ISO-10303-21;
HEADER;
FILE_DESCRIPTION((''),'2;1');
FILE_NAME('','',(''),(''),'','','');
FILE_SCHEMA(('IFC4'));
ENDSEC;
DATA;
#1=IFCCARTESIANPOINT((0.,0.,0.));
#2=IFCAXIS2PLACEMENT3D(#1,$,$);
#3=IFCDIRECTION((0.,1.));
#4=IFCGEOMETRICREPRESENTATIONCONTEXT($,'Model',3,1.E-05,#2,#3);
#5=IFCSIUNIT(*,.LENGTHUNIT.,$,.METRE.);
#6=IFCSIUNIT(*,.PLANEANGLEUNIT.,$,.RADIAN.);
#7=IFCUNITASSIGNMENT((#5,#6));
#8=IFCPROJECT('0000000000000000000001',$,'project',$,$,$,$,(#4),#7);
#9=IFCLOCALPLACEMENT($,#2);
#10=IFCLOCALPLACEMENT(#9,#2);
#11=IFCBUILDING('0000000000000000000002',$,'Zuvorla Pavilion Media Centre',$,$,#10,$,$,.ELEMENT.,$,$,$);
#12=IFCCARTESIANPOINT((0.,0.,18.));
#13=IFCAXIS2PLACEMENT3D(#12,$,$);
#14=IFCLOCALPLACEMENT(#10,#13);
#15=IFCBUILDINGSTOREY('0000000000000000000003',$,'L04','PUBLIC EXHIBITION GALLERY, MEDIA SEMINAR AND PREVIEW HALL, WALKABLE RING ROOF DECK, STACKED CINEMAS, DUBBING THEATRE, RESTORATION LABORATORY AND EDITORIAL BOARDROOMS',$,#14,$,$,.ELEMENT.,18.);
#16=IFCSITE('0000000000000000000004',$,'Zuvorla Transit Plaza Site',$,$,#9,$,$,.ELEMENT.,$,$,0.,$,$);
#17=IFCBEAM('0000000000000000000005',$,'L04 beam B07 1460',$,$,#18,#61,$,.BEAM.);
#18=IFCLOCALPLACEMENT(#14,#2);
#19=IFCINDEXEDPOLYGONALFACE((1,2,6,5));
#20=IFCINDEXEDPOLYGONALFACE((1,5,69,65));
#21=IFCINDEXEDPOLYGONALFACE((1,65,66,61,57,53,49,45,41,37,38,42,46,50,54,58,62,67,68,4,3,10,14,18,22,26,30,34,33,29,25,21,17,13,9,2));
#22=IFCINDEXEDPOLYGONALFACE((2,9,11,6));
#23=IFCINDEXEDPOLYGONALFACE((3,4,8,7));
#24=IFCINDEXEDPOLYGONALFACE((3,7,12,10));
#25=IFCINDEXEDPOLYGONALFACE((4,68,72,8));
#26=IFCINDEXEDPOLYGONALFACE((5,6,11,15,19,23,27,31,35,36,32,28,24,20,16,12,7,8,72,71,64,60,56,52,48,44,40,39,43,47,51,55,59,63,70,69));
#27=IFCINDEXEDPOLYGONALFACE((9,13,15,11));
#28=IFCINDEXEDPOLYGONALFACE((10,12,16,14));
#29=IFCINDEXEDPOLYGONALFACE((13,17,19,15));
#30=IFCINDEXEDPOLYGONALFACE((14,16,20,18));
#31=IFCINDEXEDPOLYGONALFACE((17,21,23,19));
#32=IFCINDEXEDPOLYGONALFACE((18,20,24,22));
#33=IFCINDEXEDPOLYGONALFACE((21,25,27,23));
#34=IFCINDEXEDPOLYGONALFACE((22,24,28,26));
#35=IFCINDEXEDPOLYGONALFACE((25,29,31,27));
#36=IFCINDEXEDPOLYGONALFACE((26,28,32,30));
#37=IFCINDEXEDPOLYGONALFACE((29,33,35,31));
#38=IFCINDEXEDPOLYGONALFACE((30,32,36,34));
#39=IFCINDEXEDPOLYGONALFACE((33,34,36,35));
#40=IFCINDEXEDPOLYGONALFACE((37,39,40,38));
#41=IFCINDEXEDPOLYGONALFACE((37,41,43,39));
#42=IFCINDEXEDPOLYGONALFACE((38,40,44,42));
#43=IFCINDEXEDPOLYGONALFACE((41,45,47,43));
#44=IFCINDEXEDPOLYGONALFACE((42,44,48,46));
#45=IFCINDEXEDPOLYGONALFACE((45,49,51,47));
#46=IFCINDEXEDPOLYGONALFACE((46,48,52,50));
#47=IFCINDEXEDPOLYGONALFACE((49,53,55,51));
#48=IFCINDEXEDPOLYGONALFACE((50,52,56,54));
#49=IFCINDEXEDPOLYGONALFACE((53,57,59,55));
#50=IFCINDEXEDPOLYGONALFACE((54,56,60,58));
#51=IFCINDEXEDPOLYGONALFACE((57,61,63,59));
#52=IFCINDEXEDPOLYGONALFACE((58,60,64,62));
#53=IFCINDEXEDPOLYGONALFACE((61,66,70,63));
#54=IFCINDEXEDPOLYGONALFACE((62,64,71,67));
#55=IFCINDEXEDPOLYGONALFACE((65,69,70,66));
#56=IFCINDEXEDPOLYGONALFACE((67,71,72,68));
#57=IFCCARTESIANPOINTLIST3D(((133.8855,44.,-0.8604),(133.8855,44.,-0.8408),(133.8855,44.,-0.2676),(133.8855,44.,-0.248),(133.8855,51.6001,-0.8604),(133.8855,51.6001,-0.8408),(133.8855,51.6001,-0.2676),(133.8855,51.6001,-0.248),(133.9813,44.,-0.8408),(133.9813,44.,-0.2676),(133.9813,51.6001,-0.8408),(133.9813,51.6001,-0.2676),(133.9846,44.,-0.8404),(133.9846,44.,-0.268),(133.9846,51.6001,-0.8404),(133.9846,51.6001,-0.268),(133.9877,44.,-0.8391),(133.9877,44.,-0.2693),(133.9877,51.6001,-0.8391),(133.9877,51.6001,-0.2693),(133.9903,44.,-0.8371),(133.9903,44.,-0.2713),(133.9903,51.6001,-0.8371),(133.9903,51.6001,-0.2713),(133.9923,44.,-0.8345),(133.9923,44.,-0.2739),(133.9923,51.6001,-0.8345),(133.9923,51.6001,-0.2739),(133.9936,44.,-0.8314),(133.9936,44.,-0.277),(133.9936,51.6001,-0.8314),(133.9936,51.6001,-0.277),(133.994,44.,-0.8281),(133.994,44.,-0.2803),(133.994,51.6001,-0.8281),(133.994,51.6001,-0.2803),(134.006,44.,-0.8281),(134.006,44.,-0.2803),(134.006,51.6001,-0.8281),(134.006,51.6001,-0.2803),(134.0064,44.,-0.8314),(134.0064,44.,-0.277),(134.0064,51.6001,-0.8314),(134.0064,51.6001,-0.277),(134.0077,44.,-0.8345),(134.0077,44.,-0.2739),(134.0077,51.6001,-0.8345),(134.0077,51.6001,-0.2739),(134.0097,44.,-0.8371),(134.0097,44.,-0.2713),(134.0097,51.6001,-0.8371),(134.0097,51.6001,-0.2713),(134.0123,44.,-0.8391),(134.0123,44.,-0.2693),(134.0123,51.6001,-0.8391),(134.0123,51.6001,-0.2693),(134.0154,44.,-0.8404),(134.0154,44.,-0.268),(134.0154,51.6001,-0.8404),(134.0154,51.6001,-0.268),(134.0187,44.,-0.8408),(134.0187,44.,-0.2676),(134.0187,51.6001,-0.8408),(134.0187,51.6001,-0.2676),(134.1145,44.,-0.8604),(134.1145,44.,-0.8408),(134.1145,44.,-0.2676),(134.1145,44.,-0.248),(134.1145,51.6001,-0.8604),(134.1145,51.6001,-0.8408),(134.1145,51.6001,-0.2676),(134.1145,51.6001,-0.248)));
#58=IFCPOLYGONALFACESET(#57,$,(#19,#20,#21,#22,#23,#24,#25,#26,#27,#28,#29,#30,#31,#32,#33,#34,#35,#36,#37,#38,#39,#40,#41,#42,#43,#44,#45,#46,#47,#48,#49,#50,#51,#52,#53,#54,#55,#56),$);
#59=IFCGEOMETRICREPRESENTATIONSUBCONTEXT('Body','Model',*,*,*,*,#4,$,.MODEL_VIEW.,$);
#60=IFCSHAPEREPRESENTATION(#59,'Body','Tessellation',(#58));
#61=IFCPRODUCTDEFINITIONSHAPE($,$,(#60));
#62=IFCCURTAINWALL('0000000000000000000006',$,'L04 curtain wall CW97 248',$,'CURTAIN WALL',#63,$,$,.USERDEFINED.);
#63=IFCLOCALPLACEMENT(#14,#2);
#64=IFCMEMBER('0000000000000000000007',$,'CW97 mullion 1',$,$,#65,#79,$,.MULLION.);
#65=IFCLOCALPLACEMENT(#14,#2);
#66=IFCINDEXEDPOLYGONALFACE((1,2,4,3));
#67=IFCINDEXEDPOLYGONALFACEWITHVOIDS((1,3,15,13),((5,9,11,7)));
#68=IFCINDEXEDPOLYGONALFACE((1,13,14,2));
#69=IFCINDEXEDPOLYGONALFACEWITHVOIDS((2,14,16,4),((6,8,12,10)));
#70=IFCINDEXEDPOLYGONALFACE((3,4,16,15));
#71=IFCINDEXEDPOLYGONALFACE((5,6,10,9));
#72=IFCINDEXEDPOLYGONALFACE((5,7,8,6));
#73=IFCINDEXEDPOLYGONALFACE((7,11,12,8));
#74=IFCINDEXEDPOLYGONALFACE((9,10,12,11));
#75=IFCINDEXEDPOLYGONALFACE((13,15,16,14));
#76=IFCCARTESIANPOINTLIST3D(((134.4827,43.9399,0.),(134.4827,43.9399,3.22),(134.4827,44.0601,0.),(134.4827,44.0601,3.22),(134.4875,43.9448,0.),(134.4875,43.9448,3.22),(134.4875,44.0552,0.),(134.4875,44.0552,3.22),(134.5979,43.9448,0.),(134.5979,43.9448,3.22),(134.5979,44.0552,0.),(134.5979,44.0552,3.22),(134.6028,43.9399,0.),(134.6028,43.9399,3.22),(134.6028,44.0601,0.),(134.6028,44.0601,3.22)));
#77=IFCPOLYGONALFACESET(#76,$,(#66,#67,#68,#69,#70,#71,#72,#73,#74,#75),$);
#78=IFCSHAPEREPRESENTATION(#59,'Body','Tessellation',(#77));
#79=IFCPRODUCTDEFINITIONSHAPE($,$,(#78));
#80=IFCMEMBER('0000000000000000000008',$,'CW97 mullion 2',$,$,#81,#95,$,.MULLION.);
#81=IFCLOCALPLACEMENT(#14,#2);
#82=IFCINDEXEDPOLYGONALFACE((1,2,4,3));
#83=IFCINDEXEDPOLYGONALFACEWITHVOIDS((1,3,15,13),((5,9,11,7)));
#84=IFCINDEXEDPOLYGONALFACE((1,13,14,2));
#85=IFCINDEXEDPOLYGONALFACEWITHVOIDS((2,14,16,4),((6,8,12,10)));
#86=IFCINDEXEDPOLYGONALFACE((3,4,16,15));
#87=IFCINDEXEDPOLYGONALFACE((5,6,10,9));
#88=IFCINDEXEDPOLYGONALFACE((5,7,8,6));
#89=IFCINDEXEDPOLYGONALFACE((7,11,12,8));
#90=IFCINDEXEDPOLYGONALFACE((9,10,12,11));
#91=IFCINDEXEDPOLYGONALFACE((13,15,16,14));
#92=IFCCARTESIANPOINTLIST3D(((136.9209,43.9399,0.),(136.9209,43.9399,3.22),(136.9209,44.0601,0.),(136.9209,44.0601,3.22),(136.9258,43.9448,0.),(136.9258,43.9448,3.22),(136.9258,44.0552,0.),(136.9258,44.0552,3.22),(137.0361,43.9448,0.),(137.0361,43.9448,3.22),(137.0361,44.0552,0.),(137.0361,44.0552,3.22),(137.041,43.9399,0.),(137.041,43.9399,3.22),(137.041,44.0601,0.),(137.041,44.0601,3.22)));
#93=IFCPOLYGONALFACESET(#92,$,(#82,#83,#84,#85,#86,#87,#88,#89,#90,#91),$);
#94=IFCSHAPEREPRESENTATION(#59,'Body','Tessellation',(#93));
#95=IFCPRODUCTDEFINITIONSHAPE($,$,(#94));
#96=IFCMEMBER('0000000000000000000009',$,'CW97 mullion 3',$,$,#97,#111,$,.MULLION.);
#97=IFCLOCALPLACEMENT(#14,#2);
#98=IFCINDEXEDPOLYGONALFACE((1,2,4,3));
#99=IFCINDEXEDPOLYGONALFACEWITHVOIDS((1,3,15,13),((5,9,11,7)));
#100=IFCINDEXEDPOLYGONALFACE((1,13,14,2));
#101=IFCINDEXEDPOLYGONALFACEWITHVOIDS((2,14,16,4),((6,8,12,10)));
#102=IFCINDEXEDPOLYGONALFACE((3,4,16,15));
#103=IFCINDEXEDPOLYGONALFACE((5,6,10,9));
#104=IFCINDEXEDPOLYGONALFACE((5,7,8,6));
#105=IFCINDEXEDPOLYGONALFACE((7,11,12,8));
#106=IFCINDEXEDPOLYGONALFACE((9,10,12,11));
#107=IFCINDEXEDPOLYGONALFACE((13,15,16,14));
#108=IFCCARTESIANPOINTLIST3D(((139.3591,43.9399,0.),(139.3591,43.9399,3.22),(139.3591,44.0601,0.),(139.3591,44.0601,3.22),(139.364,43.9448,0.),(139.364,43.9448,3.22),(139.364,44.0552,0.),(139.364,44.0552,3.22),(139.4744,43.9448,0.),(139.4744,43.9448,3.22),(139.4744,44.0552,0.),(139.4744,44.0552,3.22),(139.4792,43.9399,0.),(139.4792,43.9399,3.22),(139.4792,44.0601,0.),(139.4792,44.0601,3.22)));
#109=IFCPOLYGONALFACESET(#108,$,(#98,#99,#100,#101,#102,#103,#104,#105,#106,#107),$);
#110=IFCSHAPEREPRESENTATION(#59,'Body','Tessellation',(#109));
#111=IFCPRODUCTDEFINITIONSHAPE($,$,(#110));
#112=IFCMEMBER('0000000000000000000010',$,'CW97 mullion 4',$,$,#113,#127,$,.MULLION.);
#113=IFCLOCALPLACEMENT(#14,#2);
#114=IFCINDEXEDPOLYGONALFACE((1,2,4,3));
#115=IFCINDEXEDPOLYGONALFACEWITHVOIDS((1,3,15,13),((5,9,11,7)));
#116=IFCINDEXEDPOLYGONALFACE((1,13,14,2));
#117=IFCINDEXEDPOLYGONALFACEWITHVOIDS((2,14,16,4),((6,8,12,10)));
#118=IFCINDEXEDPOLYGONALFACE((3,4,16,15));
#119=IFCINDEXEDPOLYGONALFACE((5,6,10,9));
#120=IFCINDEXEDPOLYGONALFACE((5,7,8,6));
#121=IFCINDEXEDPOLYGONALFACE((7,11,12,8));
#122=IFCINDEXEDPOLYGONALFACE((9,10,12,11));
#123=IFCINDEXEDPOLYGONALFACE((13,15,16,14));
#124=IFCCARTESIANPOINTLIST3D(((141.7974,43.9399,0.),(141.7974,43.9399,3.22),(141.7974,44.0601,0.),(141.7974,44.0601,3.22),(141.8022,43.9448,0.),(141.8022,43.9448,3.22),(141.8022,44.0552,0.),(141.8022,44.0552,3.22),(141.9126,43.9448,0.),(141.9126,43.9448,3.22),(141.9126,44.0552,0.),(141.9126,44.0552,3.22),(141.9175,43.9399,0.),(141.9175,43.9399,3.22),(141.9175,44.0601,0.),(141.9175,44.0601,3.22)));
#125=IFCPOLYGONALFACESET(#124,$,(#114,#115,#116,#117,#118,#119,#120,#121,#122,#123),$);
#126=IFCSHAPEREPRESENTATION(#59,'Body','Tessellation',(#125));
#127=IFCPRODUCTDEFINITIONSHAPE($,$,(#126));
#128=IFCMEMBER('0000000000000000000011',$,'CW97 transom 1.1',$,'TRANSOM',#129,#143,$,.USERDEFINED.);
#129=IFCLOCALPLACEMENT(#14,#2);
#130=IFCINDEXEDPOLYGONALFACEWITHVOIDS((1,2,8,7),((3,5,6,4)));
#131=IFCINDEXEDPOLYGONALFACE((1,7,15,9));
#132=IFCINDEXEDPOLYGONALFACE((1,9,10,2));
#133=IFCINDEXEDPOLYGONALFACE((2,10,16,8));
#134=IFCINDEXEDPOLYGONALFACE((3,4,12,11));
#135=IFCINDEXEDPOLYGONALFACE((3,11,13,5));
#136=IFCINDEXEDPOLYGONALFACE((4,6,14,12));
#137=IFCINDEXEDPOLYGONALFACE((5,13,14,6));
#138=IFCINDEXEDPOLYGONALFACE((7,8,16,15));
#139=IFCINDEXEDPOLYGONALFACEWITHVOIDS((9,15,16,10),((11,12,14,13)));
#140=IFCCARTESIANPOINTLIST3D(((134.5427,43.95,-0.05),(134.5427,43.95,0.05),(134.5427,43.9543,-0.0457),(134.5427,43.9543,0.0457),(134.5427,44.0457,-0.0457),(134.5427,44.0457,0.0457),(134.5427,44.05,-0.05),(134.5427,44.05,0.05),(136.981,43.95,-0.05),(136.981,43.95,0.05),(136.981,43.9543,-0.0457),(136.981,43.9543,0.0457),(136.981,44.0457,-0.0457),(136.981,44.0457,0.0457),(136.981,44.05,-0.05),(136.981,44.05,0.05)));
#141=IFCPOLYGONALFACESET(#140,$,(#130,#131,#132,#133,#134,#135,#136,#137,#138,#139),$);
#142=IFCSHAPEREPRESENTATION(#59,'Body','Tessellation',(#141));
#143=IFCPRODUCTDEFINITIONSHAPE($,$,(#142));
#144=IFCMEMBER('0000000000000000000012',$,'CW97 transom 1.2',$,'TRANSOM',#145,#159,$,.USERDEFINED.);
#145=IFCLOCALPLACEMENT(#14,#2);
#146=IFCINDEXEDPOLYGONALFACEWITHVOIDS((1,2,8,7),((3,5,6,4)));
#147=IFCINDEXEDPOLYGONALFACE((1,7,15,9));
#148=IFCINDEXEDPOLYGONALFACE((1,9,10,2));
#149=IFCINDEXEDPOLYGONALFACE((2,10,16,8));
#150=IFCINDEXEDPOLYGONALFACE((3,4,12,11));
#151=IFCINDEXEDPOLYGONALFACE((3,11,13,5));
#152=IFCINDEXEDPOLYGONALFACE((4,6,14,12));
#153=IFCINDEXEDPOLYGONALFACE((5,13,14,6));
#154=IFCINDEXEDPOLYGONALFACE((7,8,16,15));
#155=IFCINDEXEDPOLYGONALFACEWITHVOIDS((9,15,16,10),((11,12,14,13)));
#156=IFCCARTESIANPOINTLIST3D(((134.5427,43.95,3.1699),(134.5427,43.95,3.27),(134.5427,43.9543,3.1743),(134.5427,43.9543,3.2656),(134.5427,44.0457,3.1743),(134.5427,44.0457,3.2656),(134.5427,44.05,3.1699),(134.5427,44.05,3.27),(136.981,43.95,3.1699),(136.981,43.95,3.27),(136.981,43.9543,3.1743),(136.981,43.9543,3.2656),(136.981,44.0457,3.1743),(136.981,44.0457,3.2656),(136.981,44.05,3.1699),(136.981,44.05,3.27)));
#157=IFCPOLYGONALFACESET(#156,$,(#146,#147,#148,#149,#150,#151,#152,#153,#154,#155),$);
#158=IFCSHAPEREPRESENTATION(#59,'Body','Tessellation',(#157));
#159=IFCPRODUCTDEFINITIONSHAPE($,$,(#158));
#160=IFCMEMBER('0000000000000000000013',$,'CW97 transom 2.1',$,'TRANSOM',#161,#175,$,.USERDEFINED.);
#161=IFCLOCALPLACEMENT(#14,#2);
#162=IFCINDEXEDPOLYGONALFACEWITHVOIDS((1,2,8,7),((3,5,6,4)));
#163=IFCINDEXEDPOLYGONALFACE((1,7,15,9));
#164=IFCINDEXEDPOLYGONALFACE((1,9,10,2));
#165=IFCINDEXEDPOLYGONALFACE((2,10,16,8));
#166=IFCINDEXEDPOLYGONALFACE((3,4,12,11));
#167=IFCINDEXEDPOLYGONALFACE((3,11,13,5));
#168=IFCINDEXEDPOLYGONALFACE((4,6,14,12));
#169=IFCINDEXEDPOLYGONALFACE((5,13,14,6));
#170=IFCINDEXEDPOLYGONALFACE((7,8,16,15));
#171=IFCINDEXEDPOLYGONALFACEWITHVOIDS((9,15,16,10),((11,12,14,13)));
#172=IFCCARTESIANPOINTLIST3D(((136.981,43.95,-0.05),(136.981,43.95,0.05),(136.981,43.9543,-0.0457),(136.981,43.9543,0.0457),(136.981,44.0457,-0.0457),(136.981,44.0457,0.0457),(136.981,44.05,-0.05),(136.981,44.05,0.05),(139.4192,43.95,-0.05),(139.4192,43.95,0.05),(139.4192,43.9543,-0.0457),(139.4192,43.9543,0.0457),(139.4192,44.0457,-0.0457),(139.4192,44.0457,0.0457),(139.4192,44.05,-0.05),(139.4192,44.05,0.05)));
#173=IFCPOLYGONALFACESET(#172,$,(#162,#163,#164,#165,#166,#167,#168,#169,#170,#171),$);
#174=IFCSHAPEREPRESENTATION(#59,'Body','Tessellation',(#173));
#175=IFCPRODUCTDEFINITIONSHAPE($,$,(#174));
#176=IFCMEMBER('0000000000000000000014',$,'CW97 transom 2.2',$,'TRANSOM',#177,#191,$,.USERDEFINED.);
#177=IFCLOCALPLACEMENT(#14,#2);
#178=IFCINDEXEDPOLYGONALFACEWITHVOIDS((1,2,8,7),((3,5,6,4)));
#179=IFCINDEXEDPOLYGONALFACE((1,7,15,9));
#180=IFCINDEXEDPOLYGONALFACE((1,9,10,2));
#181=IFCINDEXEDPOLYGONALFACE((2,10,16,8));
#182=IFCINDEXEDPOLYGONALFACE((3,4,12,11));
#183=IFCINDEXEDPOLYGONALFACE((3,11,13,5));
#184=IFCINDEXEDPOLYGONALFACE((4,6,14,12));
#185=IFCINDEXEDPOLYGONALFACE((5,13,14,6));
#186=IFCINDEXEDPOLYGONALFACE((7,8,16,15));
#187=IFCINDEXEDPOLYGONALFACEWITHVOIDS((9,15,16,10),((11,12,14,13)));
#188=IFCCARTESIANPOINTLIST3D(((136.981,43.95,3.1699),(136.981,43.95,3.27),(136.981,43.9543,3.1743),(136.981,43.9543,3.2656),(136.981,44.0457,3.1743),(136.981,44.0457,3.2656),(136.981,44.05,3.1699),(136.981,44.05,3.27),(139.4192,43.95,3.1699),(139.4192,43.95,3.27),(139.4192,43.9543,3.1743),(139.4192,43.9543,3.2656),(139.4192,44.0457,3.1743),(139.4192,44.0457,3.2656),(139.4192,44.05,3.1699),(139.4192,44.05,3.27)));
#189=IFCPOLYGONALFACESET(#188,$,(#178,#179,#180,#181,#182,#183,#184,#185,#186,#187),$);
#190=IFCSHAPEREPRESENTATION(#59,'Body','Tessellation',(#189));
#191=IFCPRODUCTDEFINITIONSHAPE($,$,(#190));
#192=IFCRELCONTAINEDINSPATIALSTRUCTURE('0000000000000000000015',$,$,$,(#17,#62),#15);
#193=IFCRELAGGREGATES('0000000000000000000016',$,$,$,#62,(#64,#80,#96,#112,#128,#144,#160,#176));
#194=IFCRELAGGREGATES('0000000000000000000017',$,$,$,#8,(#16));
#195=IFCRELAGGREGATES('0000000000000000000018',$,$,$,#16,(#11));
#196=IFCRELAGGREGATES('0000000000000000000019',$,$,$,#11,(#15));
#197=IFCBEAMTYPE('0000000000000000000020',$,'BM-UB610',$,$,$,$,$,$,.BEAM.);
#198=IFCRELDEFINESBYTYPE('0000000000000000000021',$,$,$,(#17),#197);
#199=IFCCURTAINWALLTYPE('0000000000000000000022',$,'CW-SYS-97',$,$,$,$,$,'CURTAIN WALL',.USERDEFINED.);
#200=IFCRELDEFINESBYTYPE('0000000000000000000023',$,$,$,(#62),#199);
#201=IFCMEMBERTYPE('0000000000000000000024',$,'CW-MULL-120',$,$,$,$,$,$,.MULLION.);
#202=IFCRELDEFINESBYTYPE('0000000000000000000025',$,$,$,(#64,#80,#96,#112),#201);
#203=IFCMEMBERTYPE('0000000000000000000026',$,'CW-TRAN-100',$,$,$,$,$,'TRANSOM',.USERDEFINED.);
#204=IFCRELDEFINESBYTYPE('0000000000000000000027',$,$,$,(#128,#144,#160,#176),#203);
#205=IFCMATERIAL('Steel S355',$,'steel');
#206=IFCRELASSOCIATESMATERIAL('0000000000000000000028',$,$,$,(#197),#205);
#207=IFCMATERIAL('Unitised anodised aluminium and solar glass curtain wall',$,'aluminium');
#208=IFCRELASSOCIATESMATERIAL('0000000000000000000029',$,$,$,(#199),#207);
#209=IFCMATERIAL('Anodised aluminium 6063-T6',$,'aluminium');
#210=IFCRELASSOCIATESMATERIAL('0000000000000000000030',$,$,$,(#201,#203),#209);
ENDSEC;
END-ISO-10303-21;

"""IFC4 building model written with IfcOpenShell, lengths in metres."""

from ifc_helpers import new_model, si_unit, direction, frame, origin, origin_2d, place, context, subcontext, project, spatial, hollow_rectangle, i_section, extrude, material, material_profile, profile_set, type_object, element, aggregate, save


model = new_model("IFC4")

# Units and contexts
model_context = context("Model", 3, precision=1e-05, world=origin(), true_north=direction((0.0, 1.0)))
body_context = subcontext(model_context, "Body", "Model", "MODEL_VIEW")
ifc_project = project(units=[si_unit("LENGTHUNIT", "METRE"), si_unit("PLANEANGLEUNIT", "RADIAN")], contexts=[model_context])

# Site, building, storey
site_placement = place(None, origin())
site = spatial("IfcSite", under=ifc_project, at=site_placement, Name="Zuvorla Transit Plaza Site", CompositionType="ELEMENT", RefElevation=0.0)
building_placement = place(site_placement, origin())
building = spatial("IfcBuilding", under=site, at=building_placement, Name="Zuvorla Pavilion Media Centre", CompositionType="ELEMENT")
storey_placement = place(building_placement, frame((0.0, 0.0, 18.0)))
storey = spatial("IfcBuildingStorey", under=building, at=storey_placement, Name="L04", Description="PUBLIC EXHIBITION GALLERY, MEDIA SEMINAR AND PREVIEW HALL, WALKABLE RING ROOF DECK, STACKED CINEMAS, DUBBING THEATRE, RESTORATION LABORATORY AND EDITORIAL BOARDROOMS", CompositionType="ELEMENT", Elevation=18.0)

# Beam
ifc_material_1 = material(Name="Steel S355", Category="steel")
ifc_material_profile_1 = material_profile(ifc_material_1, i_section(OverallWidth=0.229, OverallDepth=0.6123, WebThickness=0.012, FlangeThickness=0.0195, FilletRadius=0.0127, at=origin_2d()), Name="UB 610x229x125")
ifc_profile_set_1 = profile_set([ifc_material_profile_1], Name="Steel S355")
beam_type = type_object("IfcBeamType", Name="BM-UB610", PredefinedType="BEAM", material=ifc_profile_set_1)
beam_placement = place(storey_placement, frame((134.0, 44.0, -0.5542), z_axis=(0.0, 1.0, 0.0), x_axis=(-1.0, 0.0, 0.0)))
element("IfcBeam", 1, at=beam_placement, inside=storey, type_object=beam_type, Name="L04 beam B07 1460", PredefinedType="BEAM", context=body_context, shape_type="SweptSolid", body=[
    extrude(i_section(OverallWidth=0.229, OverallDepth=0.6123, WebThickness=0.012, FlangeThickness=0.0195, FilletRadius=0.0127, at=origin_2d()), origin(), (0.0, 0.0, 1.0), 7.6001),
])

# Curtain wall, members
ifc_material_2 = material(Name="Unitised anodised aluminium and solar glass curtain wall", Category="aluminium")
curtain_wall_type = type_object("IfcCurtainWallType", Name="CW-SYS-97", ElementType="CURTAIN WALL", PredefinedType="USERDEFINED", material=ifc_material_2)
curtain_wall_placement = place(storey_placement, origin())
curtain_wall = element("IfcCurtainWall", 2, at=curtain_wall_placement, inside=storey, type_object=curtain_wall_type, Name="L04 curtain wall CW97 248", ObjectType="CURTAIN WALL", PredefinedType="USERDEFINED")
ifc_material_3 = material(Name="Anodised aluminium 6063-T6", Category="aluminium")
ifc_material_profile_2 = material_profile(ifc_material_3, hollow_rectangle(XDim=0.1201, YDim=0.1201, WallThickness=0.0049, at=origin_2d()), Name="ALU MULL 120x120")
ifc_profile_set_2 = profile_set([ifc_material_profile_2], Name="Anodised aluminium 6063-T6")
member_type_1 = type_object("IfcMemberType", Name="CW-MULL-120", PredefinedType="MULLION", material=ifc_profile_set_2)
member_1_placement = place(storey_placement, frame((134.5427, 44.0, 0.0), z_axis=(0.0, 0.0, 1.0), x_axis=(1.0, 0.0, 0.0)))
member_1 = element("IfcMember", 3, at=member_1_placement, type_object=member_type_1, Name="CW97 mullion 1", PredefinedType="MULLION", context=body_context, shape_type="SweptSolid", body=[
    extrude(hollow_rectangle(XDim=0.1201, YDim=0.1201, WallThickness=0.0049, at=origin_2d()), origin(), (0.0, 0.0, 1.0), 3.22),
])
member_2_placement = place(storey_placement, frame((136.981, 44.0, 0.0), z_axis=(0.0, 0.0, 1.0), x_axis=(1.0, 0.0, 0.0)))
member_2 = element("IfcMember", 4, at=member_2_placement, type_object=member_type_1, Name="CW97 mullion 2", PredefinedType="MULLION", context=body_context, shape_type="SweptSolid", body=[
    extrude(hollow_rectangle(XDim=0.1201, YDim=0.1201, WallThickness=0.0049, at=origin_2d()), origin(), (0.0, 0.0, 1.0), 3.22),
])
member_3_placement = place(storey_placement, frame((139.4192, 44.0, 0.0), z_axis=(0.0, 0.0, 1.0), x_axis=(1.0, 0.0, 0.0)))
member_3 = element("IfcMember", 5, at=member_3_placement, type_object=member_type_1, Name="CW97 mullion 3", PredefinedType="MULLION", context=body_context, shape_type="SweptSolid", body=[
    extrude(hollow_rectangle(XDim=0.1201, YDim=0.1201, WallThickness=0.0049, at=origin_2d()), origin(), (0.0, 0.0, 1.0), 3.22),
])
member_4_placement = place(storey_placement, frame((141.8574, 44.0, 0.0), z_axis=(0.0, 0.0, 1.0), x_axis=(1.0, 0.0, 0.0)))
member_4 = element("IfcMember", 6, at=member_4_placement, type_object=member_type_1, Name="CW97 mullion 4", PredefinedType="MULLION", context=body_context, shape_type="SweptSolid", body=[
    extrude(hollow_rectangle(XDim=0.1201, YDim=0.1201, WallThickness=0.0049, at=origin_2d()), origin(), (0.0, 0.0, 1.0), 3.22),
])
ifc_material_profile_3 = material_profile(ifc_material_3, hollow_rectangle(XDim=0.1001, YDim=0.1001, WallThickness=0.0044, at=origin_2d()), Name="ALU TRAN 100x100")
ifc_profile_set_3 = profile_set([ifc_material_profile_3], Name="Anodised aluminium 6063-T6")
member_type_2 = type_object("IfcMemberType", Name="CW-TRAN-100", ElementType="TRANSOM", PredefinedType="USERDEFINED", material=ifc_profile_set_3)
member_5_placement = place(storey_placement, frame((134.5427, 44.0, 0.0), z_axis=(1.0, 0.0, 0.0), x_axis=(0.0, 1.0, 0.0)))
member_5 = element("IfcMember", 7, at=member_5_placement, type_object=member_type_2, Name="CW97 transom 1.1", ObjectType="TRANSOM", PredefinedType="USERDEFINED", context=body_context, shape_type="SweptSolid", body=[
    extrude(hollow_rectangle(XDim=0.1001, YDim=0.1001, WallThickness=0.0044, at=origin_2d()), origin(), (0.0, 0.0, 1.0), 2.4382),
])
member_6_placement = place(storey_placement, frame((134.5427, 44.0, 3.22), z_axis=(1.0, 0.0, 0.0), x_axis=(0.0, 1.0, 0.0)))
member_6 = element("IfcMember", 8, at=member_6_placement, type_object=member_type_2, Name="CW97 transom 1.2", ObjectType="TRANSOM", PredefinedType="USERDEFINED", context=body_context, shape_type="SweptSolid", body=[
    extrude(hollow_rectangle(XDim=0.1001, YDim=0.1001, WallThickness=0.0044, at=origin_2d()), origin(), (0.0, 0.0, 1.0), 2.4382),
])
member_7_placement = place(storey_placement, frame((136.981, 44.0, 0.0), z_axis=(1.0, 0.0, 0.0), x_axis=(0.0, 1.0, 0.0)))
member_7 = element("IfcMember", 9, at=member_7_placement, type_object=member_type_2, Name="CW97 transom 2.1", ObjectType="TRANSOM", PredefinedType="USERDEFINED", context=body_context, shape_type="SweptSolid", body=[
    extrude(hollow_rectangle(XDim=0.1001, YDim=0.1001, WallThickness=0.0044, at=origin_2d()), origin(), (0.0, 0.0, 1.0), 2.4382),
])
member_8_placement = place(storey_placement, frame((136.981, 44.0, 3.22), z_axis=(1.0, 0.0, 0.0), x_axis=(0.0, 1.0, 0.0)))
member_8 = element("IfcMember", 10, at=member_8_placement, type_object=member_type_2, Name="CW97 transom 2.2", ObjectType="TRANSOM", PredefinedType="USERDEFINED", context=body_context, shape_type="SweptSolid", body=[
    extrude(hollow_rectangle(XDim=0.1001, YDim=0.1001, WallThickness=0.0044, at=origin_2d()), origin(), (0.0, 0.0, 1.0), 2.4382),
])

aggregate(curtain_wall, [member_1, member_2, member_3, member_4, member_5, member_6, member_7, member_8])

save(model, "model.ifc")
